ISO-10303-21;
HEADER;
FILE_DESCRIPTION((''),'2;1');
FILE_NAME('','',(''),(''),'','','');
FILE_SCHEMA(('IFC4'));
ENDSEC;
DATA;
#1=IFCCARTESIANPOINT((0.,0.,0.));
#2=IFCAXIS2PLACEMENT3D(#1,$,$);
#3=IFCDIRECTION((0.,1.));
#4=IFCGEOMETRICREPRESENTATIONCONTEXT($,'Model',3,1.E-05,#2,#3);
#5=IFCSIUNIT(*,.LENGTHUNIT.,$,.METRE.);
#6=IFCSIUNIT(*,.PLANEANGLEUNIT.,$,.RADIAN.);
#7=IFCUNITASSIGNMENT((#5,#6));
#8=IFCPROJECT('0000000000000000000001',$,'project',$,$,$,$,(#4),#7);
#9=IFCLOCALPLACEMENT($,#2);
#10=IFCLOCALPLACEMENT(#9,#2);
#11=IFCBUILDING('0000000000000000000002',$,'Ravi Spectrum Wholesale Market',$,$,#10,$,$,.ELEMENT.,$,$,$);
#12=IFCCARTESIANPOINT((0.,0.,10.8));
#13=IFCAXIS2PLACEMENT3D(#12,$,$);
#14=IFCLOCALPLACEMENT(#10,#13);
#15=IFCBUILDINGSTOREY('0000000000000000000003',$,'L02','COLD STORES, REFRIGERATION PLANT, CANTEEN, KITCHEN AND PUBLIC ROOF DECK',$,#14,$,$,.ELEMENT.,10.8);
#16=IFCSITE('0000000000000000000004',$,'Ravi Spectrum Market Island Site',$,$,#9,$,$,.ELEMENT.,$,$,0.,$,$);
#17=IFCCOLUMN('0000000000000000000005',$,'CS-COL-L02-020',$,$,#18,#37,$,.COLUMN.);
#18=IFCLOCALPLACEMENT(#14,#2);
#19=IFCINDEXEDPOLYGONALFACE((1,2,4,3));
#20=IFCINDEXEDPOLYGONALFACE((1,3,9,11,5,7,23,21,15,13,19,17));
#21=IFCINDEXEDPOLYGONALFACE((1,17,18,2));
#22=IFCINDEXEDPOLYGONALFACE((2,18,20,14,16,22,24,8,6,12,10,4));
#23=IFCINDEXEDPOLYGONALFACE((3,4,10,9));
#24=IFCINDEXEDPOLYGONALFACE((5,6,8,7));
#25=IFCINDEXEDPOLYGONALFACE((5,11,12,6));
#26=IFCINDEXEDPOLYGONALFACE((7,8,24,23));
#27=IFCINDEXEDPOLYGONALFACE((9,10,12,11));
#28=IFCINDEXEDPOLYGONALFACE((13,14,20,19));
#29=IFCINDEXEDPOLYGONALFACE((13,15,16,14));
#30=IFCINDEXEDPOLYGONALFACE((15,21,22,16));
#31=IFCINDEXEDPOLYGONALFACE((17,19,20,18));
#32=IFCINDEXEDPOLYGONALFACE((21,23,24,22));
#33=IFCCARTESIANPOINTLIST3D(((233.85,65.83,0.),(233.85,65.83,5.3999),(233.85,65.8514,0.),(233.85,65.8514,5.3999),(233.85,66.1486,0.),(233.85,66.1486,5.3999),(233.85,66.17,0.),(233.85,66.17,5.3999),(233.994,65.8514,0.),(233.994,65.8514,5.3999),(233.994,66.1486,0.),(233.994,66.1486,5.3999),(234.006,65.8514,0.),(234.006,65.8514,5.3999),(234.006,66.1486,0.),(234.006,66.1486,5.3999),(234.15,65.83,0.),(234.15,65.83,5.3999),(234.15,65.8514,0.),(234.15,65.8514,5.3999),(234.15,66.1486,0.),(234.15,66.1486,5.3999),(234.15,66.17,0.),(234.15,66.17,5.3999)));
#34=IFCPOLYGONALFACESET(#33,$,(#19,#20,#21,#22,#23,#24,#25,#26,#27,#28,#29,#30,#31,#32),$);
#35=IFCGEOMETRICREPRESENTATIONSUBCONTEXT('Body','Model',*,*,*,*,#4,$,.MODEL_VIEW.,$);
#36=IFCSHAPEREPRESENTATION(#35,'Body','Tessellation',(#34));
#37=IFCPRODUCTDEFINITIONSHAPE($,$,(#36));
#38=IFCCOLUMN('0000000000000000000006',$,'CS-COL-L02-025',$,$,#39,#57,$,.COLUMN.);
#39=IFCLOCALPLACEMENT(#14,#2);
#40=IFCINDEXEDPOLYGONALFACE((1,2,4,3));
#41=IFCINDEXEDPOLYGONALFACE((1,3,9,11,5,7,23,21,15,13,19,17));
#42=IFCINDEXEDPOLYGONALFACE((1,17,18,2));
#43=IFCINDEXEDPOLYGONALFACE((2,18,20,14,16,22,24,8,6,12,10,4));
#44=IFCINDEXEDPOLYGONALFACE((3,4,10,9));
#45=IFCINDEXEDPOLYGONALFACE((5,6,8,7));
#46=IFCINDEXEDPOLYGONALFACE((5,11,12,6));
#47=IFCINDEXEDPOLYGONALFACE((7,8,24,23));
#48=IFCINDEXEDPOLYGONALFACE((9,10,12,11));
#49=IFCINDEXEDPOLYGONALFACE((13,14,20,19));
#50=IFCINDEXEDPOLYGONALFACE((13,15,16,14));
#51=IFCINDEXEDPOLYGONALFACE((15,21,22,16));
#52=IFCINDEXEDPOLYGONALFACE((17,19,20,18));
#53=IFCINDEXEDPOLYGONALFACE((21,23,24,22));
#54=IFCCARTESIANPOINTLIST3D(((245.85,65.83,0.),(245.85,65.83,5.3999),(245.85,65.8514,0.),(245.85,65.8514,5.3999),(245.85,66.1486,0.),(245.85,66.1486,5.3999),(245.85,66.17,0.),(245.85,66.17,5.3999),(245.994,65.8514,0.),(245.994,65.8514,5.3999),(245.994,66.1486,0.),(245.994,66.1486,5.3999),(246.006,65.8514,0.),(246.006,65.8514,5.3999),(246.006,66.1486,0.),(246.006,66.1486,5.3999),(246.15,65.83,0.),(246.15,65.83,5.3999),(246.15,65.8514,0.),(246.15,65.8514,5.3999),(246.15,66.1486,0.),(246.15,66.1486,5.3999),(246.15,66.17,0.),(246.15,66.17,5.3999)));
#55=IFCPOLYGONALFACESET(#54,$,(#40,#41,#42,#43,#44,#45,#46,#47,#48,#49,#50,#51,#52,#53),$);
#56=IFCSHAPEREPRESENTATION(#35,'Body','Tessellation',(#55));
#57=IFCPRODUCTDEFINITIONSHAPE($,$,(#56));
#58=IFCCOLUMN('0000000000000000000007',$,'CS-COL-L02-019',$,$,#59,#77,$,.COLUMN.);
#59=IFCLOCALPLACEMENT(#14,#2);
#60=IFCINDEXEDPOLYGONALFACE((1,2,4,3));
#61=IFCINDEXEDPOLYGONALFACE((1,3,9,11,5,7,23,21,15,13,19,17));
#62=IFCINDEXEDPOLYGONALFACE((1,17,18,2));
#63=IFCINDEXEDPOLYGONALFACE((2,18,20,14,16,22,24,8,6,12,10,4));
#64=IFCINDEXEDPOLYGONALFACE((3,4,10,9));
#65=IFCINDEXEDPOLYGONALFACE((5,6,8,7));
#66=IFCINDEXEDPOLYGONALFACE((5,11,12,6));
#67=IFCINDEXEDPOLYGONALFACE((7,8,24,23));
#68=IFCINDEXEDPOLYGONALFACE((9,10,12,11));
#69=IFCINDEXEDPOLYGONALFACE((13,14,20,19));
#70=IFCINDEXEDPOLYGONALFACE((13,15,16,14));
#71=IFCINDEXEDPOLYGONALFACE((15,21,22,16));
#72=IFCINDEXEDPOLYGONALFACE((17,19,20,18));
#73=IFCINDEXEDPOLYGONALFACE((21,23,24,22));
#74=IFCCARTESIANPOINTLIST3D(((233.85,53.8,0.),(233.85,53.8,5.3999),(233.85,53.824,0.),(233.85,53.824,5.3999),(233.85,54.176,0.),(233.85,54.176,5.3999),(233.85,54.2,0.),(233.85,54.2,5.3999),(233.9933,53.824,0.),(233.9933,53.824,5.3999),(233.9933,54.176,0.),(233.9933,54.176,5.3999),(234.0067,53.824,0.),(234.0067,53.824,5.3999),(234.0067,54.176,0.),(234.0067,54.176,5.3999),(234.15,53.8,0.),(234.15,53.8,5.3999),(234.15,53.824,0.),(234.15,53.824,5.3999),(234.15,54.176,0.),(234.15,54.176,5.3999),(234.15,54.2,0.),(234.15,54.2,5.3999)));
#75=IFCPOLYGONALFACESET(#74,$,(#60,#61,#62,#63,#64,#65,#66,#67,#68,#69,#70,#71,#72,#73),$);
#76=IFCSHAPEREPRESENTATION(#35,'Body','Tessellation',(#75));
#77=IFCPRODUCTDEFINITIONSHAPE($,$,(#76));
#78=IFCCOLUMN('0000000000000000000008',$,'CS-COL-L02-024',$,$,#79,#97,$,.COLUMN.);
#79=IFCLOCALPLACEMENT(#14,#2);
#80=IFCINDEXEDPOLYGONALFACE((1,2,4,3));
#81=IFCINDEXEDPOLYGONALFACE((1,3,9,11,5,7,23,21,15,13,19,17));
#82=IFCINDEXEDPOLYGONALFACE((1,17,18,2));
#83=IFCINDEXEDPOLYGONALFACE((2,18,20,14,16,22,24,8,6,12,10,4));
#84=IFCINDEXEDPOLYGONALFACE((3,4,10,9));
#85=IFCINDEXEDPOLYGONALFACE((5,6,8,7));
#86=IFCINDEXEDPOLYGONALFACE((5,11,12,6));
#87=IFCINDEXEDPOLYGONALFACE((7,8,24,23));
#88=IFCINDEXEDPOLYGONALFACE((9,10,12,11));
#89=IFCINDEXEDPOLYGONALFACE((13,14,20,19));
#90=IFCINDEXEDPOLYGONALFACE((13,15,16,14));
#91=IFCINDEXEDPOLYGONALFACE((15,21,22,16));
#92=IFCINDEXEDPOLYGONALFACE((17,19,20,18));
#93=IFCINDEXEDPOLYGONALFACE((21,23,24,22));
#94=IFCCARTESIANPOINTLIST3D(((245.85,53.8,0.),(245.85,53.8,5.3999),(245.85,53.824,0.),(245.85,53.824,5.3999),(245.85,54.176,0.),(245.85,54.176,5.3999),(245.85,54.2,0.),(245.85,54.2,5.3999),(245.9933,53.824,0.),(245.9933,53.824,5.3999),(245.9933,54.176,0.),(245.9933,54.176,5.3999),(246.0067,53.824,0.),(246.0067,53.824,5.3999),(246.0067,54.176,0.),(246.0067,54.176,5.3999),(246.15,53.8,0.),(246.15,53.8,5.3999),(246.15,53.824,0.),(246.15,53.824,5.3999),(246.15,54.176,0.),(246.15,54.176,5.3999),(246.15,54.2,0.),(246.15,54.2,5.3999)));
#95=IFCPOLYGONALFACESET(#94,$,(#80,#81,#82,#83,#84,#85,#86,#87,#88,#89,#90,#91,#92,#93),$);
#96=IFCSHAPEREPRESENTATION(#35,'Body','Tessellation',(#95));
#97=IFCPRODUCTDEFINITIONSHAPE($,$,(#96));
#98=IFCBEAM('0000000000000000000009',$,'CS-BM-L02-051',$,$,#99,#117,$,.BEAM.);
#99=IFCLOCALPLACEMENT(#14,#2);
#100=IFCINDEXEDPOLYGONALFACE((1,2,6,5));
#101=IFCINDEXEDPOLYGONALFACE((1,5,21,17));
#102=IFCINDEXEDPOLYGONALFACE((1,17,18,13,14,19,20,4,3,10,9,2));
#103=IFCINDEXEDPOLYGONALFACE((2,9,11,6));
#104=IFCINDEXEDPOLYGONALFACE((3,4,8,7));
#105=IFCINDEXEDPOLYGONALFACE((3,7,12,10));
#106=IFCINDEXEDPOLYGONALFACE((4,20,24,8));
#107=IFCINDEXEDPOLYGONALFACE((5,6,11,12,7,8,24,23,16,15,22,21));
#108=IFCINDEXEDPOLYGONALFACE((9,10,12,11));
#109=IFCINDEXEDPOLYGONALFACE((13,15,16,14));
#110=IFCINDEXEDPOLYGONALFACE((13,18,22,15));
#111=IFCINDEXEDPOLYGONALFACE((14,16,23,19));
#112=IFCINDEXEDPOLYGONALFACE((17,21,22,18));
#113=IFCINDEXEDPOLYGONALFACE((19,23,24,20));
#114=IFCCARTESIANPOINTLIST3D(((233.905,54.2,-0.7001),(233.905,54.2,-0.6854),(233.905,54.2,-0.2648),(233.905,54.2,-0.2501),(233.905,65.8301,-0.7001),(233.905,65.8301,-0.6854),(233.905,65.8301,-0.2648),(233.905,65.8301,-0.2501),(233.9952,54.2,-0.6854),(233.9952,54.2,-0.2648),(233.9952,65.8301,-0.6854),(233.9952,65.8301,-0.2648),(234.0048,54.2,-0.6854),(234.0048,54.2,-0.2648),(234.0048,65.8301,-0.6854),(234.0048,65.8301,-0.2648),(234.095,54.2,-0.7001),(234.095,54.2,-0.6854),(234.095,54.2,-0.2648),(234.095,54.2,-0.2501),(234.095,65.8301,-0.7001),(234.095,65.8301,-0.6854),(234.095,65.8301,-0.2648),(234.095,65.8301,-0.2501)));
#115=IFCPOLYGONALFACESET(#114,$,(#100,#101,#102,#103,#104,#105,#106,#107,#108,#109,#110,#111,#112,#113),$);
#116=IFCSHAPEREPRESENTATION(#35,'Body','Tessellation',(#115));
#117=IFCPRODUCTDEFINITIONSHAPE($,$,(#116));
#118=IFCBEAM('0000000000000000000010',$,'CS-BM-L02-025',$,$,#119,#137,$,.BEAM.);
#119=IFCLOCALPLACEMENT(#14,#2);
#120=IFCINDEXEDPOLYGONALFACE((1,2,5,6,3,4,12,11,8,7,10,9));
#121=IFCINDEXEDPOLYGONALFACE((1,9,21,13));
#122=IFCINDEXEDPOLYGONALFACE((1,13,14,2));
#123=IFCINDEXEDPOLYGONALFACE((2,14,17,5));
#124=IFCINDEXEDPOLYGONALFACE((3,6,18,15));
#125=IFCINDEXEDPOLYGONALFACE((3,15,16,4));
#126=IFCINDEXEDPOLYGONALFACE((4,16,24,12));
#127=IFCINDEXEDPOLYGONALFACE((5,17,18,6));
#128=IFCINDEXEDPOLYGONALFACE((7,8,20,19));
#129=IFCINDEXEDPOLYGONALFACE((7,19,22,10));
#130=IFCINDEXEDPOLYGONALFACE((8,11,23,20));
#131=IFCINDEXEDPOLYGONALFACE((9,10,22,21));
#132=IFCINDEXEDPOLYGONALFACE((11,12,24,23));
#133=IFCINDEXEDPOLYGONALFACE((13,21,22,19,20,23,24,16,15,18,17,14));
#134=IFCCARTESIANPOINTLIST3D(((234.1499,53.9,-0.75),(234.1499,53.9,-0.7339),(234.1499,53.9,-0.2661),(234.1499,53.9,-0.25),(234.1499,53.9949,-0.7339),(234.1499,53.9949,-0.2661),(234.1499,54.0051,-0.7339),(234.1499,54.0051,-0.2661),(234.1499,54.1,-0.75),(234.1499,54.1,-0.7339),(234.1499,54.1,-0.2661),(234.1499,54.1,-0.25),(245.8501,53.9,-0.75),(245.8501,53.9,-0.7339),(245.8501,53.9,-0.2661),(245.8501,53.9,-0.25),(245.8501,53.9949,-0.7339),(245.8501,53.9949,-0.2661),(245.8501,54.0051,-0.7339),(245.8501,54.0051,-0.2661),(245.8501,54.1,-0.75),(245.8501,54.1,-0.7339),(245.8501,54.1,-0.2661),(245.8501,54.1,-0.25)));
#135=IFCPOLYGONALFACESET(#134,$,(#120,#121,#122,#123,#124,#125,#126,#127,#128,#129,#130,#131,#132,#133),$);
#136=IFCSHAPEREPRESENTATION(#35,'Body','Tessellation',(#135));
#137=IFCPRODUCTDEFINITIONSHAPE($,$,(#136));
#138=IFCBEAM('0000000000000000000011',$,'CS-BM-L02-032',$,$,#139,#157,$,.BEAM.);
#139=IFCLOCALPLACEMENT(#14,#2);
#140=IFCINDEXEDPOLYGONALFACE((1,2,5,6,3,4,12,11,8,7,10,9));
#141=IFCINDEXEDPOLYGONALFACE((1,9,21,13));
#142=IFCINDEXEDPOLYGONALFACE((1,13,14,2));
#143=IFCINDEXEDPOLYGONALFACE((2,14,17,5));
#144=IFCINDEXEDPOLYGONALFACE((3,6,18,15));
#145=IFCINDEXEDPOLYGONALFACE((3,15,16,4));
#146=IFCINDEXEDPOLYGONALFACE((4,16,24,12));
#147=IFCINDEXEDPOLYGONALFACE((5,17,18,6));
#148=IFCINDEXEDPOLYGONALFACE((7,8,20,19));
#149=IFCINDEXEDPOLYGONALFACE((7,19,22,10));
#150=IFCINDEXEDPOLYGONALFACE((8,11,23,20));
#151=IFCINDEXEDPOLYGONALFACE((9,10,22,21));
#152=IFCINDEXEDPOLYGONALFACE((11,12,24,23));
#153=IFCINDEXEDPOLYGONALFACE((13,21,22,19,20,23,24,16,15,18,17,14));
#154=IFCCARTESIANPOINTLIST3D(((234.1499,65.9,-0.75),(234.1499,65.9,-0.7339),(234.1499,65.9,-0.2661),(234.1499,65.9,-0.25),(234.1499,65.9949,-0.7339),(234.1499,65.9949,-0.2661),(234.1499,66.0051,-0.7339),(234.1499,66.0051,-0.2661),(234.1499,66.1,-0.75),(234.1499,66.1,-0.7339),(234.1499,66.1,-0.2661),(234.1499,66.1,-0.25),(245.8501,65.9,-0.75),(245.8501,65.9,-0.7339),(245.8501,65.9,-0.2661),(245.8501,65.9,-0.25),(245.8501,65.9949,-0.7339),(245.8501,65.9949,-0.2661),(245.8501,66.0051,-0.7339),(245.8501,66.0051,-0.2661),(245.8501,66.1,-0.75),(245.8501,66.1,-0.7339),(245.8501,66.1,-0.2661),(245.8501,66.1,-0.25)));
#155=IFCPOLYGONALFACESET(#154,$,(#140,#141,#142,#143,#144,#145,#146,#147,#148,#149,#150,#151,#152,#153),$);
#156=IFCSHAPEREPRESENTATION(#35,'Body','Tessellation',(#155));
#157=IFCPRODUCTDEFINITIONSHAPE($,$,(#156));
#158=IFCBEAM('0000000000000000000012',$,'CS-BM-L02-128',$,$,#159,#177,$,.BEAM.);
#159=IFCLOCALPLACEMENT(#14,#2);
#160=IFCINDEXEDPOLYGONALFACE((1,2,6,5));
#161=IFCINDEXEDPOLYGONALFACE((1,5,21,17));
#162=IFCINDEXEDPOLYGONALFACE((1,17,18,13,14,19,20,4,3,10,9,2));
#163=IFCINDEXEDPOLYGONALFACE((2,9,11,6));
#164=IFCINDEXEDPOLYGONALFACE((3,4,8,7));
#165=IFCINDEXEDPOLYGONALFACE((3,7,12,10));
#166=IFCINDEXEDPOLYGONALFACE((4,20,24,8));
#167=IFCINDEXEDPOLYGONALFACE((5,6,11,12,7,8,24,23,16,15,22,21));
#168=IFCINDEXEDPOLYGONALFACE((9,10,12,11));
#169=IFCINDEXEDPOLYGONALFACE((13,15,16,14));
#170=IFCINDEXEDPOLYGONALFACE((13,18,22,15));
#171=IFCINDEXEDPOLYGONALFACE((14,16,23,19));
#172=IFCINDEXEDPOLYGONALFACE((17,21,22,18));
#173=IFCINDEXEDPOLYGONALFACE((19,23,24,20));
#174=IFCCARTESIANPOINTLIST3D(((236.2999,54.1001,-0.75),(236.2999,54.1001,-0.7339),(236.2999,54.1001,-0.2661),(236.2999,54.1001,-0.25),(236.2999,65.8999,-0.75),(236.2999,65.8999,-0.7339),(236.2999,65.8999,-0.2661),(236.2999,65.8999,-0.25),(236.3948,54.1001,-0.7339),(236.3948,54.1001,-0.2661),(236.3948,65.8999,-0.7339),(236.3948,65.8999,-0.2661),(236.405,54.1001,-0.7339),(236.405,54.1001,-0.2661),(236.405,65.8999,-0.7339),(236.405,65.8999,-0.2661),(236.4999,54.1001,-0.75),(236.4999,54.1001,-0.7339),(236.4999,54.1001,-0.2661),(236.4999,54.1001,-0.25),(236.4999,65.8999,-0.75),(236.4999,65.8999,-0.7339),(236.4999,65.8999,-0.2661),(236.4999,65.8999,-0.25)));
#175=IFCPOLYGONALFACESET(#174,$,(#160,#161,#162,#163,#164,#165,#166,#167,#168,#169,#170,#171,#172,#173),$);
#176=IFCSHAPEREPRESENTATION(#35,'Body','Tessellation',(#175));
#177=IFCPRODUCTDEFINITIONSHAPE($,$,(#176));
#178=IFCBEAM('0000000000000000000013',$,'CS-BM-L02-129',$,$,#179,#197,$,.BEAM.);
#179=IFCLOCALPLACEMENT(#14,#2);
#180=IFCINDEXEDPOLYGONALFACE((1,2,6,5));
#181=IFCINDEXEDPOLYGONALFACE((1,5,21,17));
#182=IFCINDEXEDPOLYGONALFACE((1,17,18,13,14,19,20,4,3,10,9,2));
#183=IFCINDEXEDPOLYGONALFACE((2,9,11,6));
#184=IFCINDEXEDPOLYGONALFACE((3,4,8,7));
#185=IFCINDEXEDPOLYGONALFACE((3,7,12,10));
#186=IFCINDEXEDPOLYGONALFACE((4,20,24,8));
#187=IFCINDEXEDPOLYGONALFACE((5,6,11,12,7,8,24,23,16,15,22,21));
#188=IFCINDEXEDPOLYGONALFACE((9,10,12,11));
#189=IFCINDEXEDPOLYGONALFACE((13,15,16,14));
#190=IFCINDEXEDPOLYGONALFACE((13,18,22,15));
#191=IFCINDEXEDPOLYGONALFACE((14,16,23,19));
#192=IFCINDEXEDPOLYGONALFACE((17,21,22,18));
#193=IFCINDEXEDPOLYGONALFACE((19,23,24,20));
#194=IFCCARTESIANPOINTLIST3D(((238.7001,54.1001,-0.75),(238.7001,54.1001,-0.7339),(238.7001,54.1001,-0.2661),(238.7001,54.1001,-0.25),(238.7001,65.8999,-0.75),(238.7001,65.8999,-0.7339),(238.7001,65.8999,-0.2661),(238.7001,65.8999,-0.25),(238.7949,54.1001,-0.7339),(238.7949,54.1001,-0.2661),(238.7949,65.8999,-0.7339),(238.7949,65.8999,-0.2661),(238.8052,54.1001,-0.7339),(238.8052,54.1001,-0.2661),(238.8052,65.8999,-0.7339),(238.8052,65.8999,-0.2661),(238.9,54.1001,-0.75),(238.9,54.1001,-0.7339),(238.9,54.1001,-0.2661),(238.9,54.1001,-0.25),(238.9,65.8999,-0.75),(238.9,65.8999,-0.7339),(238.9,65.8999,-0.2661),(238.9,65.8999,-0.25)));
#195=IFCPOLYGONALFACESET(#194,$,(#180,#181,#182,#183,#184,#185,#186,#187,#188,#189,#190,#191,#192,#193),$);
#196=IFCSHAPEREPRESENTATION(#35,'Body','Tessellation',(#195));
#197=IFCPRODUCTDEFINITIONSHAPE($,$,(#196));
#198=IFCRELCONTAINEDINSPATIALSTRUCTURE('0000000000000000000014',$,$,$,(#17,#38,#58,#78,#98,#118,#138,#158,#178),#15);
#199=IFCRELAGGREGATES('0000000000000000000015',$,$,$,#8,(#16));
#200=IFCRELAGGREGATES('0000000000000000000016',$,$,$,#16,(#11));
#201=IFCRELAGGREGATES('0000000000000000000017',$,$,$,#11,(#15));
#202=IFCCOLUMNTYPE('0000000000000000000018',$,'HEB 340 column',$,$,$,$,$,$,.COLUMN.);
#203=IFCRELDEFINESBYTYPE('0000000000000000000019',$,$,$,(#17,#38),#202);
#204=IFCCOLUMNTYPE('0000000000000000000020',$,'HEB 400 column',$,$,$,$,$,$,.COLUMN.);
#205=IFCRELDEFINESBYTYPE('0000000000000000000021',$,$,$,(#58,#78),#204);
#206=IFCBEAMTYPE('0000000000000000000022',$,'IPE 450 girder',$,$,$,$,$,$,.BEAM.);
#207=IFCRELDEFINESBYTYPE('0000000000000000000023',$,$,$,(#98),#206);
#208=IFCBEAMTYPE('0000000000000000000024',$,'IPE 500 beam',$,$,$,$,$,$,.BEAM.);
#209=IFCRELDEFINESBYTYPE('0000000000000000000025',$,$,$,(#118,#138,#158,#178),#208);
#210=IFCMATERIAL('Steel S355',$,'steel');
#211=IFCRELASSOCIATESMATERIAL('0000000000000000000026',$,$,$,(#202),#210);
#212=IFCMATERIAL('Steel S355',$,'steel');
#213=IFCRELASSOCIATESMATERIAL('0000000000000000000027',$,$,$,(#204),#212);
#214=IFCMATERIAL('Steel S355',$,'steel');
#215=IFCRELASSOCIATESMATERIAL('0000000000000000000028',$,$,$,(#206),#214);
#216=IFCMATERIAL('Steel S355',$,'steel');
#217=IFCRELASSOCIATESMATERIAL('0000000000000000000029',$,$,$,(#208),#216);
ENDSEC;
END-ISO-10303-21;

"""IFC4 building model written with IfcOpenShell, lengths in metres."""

from ifc_helpers import new_model, si_unit, direction, frame, origin, origin_2d, place, context, subcontext, project, spatial, i_section, extrude, material, material_profile, profile_set, type_object, element, save


model = new_model("IFC4")

# Units and contexts
model_context = context("Model", 3, precision=1e-05, world=origin(), true_north=direction((0.0, 1.0)))
body_context = subcontext(model_context, "Body", "Model", "MODEL_VIEW")
ifc_project = project(units=[si_unit("LENGTHUNIT", "METRE"), si_unit("PLANEANGLEUNIT", "RADIAN")], contexts=[model_context])

# Site, building, storey
site_placement = place(None, origin())
site = spatial("IfcSite", under=ifc_project, at=site_placement, Name="Ravi Spectrum Market Island Site", CompositionType="ELEMENT", RefElevation=0.0)
building_placement = place(site_placement, origin())
building = spatial("IfcBuilding", under=site, at=building_placement, Name="Ravi Spectrum Wholesale Market", CompositionType="ELEMENT")
storey_placement = place(building_placement, frame((0.0, 0.0, 10.8)))
storey = spatial("IfcBuildingStorey", under=building, at=storey_placement, Name="L02", Description="COLD STORES, REFRIGERATION PLANT, CANTEEN, KITCHEN AND PUBLIC ROOF DECK", CompositionType="ELEMENT", Elevation=10.8)

# Columns
ifc_material_1 = material(Name="Steel S355", Category="steel")
ifc_material_profile_1 = material_profile(ifc_material_1, i_section(OverallWidth=0.3, OverallDepth=0.3401, WebThickness=0.012, FlangeThickness=0.0215, at=origin_2d()))
ifc_profile_set_1 = profile_set([ifc_material_profile_1], Name="Steel S355")
column_type_1 = type_object("IfcColumnType", Name="HEB 340 column", PredefinedType="COLUMN", material=ifc_profile_set_1)
for number, where, z_axis, x_axis, name in (
    (1, (234.0, 66.0, 0.0), (0.0, 0.0, 1.0), (1.0, 0.0, 0.0), "CS-COL-L02-020"),
    (2, (246.0, 66.0, 0.0), (0.0, 0.0, 1.0), (1.0, 0.0, 0.0), "CS-COL-L02-025"),
):
    element("IfcColumn", number, at=place(storey_placement, frame(where, z_axis=z_axis, x_axis=x_axis)), inside=storey, type_object=column_type_1, Name=name, PredefinedType="COLUMN", context=body_context, shape_type="SweptSolid", body=[
        extrude(i_section(OverallWidth=0.3, OverallDepth=0.3401, WebThickness=0.012, FlangeThickness=0.0215, at=origin_2d()), origin(), (0.0, 0.0, 1.0), 5.3999),
    ])
ifc_material_2 = material(Name="Steel S355", Category="steel")
ifc_material_profile_2 = material_profile(ifc_material_2, i_section(OverallWidth=0.3, OverallDepth=0.3999, WebThickness=0.0134, FlangeThickness=0.0239, at=origin_2d()))
ifc_profile_set_2 = profile_set([ifc_material_profile_2], Name="Steel S355")
column_type_2 = type_object("IfcColumnType", Name="HEB 400 column", PredefinedType="COLUMN", material=ifc_profile_set_2)
for number, where, z_axis, x_axis, name in (
    (3, (234.0, 54.0, 0.0), (0.0, 0.0, 1.0), (1.0, 0.0, 0.0), "CS-COL-L02-019"),
    (4, (246.0, 54.0, 0.0), (0.0, 0.0, 1.0), (1.0, 0.0, 0.0), "CS-COL-L02-024"),
):
    element("IfcColumn", number, at=place(storey_placement, frame(where, z_axis=z_axis, x_axis=x_axis)), inside=storey, type_object=column_type_2, Name=name, PredefinedType="COLUMN", context=body_context, shape_type="SweptSolid", body=[
        extrude(i_section(OverallWidth=0.3, OverallDepth=0.3999, WebThickness=0.0134, FlangeThickness=0.0239, at=origin_2d()), origin(), (0.0, 0.0, 1.0), 5.3999),
    ])

# Beams
ifc_material_3 = material(Name="Steel S355", Category="steel")
ifc_material_profile_3 = material_profile(ifc_material_3, i_section(OverallWidth=0.1899, OverallDepth=0.45, WebThickness=0.0095, FlangeThickness=0.0146, at=origin_2d()))
ifc_profile_set_3 = profile_set([ifc_material_profile_3], Name="Steel S355")
beam_type_1 = type_object("IfcBeamType", Name="IPE 450 girder", PredefinedType="BEAM", material=ifc_profile_set_3)
beam_placement = place(storey_placement, frame((234.0, 54.2, -0.4751), z_axis=(0.0, 1.0, 0.0), x_axis=(-1.0, 0.0, 0.0)))
element("IfcBeam", 5, at=beam_placement, inside=storey, type_object=beam_type_1, Name="CS-BM-L02-051", PredefinedType="BEAM", context=body_context, shape_type="SweptSolid", body=[
    extrude(i_section(OverallWidth=0.1899, OverallDepth=0.45, WebThickness=0.0095, FlangeThickness=0.0146, at=origin_2d()), origin(), (0.0, 0.0, 1.0), 11.6301),
])
ifc_material_4 = material(Name="Steel S355", Category="steel")
ifc_material_profile_4 = material_profile(ifc_material_4, i_section(OverallWidth=0.2, OverallDepth=0.5, WebThickness=0.0103, FlangeThickness=0.0161, at=origin_2d()))
ifc_profile_set_4 = profile_set([ifc_material_profile_4], Name="Steel S355")
beam_type_2 = type_object("IfcBeamType", Name="IPE 500 beam", PredefinedType="BEAM", material=ifc_profile_set_4)
for number, where, z_axis, x_axis, name in (
    (6, (234.1499, 54.0, -0.5), (1.0, 0.0, 0.0), (0.0, 1.0, 0.0), "CS-BM-L02-025"),
    (7, (234.1499, 66.0, -0.5), (1.0, 0.0, 0.0), (0.0, 1.0, 0.0), "CS-BM-L02-032"),
):
    element("IfcBeam", number, at=place(storey_placement, frame(where, z_axis=z_axis, x_axis=x_axis)), inside=storey, type_object=beam_type_2, Name=name, PredefinedType="BEAM", context=body_context, shape_type="SweptSolid", body=[
        extrude(i_section(OverallWidth=0.2, OverallDepth=0.5, WebThickness=0.0103, FlangeThickness=0.0161, at=origin_2d()), origin(), (0.0, 0.0, 1.0), 11.7002),
    ])
for number, where, z_axis, x_axis, name in (
    (8, (236.3999, 54.1001, -0.5), (0.0, 1.0, 0.0), (-1.0, 0.0, 0.0), "CS-BM-L02-128"),
    (9, (238.8, 54.1001, -0.5), (0.0, 1.0, 0.0), (-1.0, 0.0, 0.0), "CS-BM-L02-129"),
):
    element("IfcBeam", number, at=place(storey_placement, frame(where, z_axis=z_axis, x_axis=x_axis)), inside=storey, type_object=beam_type_2, Name=name, PredefinedType="BEAM", context=body_context, shape_type="SweptSolid", body=[
        extrude(i_section(OverallWidth=0.2, OverallDepth=0.5, WebThickness=0.0103, FlangeThickness=0.0161, at=origin_2d()), origin(), (0.0, 0.0, 1.0), 11.7998),
    ])

save(model, "model.ifc")
